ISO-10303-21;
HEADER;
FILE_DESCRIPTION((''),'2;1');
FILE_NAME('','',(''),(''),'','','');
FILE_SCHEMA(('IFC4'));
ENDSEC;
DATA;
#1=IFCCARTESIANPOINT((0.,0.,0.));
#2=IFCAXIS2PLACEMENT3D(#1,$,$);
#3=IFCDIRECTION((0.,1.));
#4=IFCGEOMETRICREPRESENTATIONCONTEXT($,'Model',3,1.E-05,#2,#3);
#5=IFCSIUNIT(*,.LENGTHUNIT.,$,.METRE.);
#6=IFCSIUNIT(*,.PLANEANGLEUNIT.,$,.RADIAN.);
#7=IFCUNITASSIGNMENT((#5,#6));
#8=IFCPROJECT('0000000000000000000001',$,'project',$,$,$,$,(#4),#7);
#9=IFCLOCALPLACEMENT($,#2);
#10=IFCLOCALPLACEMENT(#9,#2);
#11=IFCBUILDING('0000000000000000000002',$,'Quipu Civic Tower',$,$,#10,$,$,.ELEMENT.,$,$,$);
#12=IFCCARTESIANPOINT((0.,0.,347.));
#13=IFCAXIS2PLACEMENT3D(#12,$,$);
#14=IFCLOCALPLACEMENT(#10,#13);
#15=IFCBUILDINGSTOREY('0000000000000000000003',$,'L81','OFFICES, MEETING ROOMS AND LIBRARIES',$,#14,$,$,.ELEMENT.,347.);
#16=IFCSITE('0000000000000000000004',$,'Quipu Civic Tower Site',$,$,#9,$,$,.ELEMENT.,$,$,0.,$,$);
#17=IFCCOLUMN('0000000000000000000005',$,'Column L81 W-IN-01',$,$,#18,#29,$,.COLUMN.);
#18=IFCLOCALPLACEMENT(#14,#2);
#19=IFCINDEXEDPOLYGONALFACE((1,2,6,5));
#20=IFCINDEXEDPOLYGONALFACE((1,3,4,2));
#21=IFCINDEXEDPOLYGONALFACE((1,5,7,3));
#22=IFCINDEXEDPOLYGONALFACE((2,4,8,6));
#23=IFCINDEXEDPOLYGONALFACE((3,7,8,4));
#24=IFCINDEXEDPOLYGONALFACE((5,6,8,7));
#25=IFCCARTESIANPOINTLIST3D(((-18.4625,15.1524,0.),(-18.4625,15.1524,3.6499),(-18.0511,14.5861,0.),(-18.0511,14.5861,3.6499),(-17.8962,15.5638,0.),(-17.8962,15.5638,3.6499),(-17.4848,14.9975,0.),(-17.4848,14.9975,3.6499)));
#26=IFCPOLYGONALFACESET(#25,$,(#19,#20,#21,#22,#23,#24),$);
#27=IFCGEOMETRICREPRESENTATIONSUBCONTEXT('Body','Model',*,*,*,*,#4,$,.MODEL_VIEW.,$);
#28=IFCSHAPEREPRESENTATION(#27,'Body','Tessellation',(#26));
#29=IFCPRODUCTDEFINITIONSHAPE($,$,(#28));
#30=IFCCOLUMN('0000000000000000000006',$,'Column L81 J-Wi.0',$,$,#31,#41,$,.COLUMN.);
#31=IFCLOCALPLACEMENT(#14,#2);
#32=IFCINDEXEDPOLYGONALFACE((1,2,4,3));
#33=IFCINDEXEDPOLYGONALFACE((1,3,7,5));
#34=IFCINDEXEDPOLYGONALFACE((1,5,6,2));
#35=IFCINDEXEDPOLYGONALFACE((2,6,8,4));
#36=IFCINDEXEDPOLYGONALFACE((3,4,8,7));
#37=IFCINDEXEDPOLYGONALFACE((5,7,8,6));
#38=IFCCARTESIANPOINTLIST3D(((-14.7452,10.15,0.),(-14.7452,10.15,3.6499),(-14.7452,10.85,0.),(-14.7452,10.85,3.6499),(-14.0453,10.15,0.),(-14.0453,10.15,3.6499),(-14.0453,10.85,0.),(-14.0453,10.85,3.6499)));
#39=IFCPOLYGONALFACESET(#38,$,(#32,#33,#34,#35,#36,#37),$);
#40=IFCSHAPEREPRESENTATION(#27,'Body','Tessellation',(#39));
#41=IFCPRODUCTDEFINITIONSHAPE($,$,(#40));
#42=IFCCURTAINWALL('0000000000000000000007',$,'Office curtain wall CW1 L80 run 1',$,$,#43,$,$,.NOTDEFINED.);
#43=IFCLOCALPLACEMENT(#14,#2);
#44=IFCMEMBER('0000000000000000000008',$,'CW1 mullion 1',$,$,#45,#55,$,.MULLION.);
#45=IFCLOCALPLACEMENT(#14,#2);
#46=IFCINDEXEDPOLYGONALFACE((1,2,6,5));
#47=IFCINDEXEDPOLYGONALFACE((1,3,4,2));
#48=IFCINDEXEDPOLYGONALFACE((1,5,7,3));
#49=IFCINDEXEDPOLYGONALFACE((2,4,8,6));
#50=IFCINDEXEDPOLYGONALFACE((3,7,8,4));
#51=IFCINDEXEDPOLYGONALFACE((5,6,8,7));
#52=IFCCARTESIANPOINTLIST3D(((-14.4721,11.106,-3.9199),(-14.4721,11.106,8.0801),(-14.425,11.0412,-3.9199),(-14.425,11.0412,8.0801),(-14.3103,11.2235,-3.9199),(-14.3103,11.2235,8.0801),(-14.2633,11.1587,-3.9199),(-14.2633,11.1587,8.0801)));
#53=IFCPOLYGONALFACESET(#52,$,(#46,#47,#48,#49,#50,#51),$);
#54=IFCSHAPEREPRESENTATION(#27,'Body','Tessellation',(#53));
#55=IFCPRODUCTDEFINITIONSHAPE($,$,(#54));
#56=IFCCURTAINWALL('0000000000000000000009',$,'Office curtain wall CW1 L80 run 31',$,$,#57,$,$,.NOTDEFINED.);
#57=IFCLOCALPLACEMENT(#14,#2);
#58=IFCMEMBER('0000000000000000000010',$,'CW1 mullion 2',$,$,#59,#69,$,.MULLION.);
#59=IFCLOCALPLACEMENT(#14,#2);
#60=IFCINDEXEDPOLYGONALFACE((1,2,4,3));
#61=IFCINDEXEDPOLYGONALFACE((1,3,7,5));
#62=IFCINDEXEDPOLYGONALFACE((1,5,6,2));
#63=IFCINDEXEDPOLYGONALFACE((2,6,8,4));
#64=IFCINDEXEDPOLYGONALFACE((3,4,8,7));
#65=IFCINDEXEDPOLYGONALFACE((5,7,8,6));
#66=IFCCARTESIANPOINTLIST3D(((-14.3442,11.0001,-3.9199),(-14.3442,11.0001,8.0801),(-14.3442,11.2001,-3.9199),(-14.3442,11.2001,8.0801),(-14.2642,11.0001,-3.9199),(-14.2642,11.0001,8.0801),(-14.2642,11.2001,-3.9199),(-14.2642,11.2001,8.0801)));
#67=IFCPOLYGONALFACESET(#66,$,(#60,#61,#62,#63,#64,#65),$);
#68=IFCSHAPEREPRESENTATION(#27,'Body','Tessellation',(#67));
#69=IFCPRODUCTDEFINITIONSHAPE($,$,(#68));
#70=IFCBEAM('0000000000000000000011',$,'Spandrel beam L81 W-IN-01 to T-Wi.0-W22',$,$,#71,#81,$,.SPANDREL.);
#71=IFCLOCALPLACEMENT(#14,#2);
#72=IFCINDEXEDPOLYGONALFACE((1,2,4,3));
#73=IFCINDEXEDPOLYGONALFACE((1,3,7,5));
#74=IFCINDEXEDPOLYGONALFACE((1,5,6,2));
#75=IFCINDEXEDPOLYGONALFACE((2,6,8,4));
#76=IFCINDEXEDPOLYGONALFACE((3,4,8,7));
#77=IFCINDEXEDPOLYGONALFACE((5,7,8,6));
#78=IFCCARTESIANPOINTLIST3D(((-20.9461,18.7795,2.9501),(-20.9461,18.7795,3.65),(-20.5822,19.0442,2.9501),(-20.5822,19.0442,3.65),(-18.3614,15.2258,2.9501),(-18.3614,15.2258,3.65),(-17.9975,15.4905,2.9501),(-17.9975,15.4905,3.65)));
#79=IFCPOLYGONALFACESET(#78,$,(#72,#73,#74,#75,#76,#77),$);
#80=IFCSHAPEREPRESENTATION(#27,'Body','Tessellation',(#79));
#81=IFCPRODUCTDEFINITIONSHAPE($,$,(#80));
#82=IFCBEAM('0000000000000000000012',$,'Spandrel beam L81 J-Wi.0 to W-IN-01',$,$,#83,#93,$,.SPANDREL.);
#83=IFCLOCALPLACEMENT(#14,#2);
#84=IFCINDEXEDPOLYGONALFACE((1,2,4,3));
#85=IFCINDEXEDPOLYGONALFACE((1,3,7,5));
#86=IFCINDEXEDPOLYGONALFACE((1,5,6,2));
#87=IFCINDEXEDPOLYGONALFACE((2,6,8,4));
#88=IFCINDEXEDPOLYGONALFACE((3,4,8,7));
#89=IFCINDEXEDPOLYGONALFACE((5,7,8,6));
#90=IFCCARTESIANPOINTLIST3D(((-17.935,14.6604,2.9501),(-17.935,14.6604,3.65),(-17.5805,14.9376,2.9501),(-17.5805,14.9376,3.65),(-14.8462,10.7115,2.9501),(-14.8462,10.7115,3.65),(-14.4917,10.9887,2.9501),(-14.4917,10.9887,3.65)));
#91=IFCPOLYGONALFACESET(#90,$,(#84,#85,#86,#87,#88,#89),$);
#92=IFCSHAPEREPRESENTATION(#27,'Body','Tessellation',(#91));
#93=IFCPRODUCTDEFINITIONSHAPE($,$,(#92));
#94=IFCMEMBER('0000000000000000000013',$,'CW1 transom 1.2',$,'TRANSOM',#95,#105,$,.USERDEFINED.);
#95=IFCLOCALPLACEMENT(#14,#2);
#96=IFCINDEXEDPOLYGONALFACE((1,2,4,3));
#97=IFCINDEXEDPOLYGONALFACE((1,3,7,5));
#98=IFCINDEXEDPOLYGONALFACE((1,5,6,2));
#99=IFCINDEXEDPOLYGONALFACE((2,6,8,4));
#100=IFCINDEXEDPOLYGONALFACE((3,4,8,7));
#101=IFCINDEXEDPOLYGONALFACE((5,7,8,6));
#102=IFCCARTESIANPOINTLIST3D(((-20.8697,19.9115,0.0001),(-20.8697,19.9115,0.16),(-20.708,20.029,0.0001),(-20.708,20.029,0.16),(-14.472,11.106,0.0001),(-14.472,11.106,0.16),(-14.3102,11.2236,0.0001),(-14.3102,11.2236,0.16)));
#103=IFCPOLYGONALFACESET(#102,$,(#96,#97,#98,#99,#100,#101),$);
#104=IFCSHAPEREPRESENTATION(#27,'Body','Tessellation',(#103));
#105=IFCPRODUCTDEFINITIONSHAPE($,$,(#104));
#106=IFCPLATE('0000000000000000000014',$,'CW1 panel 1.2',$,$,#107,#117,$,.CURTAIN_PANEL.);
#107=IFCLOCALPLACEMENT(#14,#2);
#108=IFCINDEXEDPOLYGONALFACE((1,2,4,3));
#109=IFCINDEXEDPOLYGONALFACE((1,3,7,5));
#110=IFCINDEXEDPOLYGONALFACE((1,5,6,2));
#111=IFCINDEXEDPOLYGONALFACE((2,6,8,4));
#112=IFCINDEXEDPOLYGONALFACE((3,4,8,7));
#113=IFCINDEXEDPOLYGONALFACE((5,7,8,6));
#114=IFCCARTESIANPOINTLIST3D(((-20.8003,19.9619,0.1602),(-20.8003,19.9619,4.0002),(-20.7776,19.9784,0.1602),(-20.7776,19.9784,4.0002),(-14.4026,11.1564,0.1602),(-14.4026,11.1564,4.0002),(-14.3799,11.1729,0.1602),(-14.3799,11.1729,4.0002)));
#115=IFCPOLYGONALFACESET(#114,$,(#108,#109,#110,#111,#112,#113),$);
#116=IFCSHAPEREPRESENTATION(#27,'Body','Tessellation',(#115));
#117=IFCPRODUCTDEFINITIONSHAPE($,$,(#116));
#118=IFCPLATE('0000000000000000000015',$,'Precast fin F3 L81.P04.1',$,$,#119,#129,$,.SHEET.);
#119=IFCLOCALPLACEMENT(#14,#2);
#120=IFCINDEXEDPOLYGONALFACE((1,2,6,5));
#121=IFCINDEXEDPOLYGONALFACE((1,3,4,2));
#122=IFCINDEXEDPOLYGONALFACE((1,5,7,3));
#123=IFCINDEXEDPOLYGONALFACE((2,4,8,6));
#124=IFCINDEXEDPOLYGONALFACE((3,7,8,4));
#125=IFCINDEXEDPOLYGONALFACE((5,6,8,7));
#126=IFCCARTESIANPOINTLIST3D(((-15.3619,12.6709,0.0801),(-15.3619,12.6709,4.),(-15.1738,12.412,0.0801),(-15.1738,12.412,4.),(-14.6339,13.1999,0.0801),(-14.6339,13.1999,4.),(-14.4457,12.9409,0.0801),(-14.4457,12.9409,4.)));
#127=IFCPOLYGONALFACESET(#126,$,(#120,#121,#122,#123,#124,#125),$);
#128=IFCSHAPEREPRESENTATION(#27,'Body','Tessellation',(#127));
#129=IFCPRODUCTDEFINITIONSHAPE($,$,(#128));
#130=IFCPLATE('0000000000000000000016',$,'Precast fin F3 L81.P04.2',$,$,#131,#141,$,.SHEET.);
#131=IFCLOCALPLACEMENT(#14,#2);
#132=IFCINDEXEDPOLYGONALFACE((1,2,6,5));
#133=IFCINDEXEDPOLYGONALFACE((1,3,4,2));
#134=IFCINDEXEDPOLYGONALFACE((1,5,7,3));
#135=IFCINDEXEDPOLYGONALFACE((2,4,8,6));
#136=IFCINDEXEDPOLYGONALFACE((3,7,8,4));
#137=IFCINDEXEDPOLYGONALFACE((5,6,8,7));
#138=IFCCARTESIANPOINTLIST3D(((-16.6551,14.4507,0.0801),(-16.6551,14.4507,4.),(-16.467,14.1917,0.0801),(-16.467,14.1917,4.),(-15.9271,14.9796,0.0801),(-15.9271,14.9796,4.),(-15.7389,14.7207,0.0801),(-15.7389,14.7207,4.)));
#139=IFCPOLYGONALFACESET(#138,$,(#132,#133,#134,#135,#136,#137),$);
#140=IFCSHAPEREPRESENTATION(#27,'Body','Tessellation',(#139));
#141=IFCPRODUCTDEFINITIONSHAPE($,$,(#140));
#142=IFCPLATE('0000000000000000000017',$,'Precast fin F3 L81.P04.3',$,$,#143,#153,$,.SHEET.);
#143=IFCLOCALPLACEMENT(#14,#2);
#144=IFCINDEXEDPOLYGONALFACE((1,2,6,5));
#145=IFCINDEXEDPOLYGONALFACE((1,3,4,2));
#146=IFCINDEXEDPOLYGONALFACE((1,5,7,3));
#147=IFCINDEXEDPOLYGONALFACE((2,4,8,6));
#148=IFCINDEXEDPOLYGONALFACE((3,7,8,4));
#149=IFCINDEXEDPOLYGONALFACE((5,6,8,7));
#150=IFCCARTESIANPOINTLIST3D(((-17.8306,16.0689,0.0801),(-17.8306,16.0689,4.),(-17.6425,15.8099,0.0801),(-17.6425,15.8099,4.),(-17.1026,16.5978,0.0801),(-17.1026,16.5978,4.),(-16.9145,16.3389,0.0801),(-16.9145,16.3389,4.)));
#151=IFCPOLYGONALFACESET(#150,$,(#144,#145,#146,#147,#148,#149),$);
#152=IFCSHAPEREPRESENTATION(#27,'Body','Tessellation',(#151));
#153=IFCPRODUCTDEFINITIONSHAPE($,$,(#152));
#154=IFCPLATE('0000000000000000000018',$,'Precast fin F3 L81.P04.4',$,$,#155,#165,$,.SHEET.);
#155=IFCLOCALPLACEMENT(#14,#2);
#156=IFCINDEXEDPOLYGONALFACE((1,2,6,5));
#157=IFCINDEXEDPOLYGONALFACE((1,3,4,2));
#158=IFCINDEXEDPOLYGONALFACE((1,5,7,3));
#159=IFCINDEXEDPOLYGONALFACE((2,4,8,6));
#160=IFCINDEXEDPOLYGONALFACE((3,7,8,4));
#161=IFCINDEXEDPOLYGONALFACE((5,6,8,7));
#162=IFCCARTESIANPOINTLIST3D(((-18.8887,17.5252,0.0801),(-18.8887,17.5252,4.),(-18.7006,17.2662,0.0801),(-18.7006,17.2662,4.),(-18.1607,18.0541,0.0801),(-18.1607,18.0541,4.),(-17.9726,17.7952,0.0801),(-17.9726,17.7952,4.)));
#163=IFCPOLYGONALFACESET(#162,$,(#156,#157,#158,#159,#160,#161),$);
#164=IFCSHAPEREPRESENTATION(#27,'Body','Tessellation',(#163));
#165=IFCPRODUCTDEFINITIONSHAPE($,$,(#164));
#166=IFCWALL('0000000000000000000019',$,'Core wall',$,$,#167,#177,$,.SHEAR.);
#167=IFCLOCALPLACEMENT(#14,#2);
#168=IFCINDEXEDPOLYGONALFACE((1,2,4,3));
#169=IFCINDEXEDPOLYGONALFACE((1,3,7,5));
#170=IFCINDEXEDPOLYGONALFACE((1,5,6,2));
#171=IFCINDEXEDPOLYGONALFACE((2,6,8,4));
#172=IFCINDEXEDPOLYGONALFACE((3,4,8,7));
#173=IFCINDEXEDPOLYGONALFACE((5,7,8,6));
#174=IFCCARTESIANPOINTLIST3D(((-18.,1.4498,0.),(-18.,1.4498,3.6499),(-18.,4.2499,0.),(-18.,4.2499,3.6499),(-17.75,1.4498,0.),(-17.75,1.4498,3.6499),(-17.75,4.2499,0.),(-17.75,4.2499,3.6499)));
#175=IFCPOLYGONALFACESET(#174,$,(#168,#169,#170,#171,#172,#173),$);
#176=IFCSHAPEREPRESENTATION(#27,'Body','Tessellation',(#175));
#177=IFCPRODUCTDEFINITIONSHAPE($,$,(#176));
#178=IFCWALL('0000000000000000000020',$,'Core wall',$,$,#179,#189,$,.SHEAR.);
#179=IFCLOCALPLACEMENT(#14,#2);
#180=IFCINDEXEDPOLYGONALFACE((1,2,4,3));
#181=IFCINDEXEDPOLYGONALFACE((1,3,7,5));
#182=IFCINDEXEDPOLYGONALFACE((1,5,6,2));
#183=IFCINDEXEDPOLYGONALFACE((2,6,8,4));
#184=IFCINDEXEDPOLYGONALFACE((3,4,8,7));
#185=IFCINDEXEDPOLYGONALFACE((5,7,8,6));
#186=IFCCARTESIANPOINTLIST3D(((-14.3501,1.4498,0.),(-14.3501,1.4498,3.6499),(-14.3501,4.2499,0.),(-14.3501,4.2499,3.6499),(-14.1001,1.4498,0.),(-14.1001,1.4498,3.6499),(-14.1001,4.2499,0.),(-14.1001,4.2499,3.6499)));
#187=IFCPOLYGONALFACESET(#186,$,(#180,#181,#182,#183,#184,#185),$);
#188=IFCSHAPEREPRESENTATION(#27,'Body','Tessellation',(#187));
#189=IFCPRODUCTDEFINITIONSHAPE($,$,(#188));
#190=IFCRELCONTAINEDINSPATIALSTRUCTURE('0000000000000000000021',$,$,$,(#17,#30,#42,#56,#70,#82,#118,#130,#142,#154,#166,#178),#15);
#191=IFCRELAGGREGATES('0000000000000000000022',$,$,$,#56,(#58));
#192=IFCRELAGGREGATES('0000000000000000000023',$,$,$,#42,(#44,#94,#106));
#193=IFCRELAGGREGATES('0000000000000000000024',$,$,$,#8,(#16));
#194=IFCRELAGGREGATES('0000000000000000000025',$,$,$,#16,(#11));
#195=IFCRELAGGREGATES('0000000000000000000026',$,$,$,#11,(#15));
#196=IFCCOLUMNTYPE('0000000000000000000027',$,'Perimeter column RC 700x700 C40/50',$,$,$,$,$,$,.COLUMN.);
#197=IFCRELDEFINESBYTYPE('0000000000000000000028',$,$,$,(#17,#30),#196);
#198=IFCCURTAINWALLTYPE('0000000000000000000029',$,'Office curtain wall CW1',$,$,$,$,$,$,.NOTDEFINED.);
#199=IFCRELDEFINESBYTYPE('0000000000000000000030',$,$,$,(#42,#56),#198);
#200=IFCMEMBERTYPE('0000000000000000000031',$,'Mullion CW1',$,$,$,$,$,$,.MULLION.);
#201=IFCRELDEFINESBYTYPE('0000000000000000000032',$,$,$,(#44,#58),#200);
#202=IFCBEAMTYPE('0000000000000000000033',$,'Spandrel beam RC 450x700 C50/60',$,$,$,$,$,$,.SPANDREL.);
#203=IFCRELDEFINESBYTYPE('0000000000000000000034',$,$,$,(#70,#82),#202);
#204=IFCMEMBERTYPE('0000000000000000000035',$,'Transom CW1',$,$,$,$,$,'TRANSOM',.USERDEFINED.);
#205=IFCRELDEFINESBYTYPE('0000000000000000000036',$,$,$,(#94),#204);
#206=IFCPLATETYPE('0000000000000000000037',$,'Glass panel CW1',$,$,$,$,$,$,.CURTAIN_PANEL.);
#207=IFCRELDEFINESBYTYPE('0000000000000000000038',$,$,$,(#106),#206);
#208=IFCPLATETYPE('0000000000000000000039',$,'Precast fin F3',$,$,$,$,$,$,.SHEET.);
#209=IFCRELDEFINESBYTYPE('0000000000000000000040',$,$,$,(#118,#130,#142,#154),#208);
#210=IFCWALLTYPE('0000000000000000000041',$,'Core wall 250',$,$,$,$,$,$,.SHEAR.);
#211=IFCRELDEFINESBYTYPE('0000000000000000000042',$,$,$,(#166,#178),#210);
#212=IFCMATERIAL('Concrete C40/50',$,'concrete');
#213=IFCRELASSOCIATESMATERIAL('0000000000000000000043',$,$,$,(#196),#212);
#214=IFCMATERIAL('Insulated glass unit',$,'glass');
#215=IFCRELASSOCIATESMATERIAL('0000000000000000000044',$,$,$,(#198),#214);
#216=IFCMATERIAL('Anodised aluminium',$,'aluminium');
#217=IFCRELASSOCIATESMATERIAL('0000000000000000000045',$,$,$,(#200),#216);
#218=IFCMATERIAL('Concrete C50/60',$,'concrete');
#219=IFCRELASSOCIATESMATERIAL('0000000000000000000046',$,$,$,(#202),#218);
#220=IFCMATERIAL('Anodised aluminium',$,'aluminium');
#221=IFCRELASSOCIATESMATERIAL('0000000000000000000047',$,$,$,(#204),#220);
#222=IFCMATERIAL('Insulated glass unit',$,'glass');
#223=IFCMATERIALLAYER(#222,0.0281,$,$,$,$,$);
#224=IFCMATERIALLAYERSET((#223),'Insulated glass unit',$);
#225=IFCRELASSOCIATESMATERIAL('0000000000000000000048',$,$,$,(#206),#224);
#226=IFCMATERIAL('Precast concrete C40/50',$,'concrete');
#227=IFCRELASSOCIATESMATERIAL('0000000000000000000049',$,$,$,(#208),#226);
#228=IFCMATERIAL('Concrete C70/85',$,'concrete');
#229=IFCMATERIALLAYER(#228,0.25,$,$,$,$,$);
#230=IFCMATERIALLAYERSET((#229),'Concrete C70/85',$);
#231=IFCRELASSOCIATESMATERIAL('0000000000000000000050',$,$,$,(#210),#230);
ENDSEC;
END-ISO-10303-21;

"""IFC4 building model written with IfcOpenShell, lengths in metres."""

from ifc_helpers import new_model, si_unit, direction, frame, frame_2d, origin, origin_2d, place, context, subcontext, project, spatial, rectangle, extrude, material, layer, layer_set, material_profile, profile_set, type_object, element, aggregate, save


model = new_model("IFC4")

# Units and contexts
model_context = context("Model", 3, precision=1e-05, world=origin(), true_north=direction((0.0, 1.0)))
body_context = subcontext(model_context, "Body", "Model", "MODEL_VIEW")
ifc_project = project(units=[si_unit("LENGTHUNIT", "METRE"), si_unit("PLANEANGLEUNIT", "RADIAN")], contexts=[model_context])

# Site, building, storey
site_placement = place(None, origin())
site = spatial("IfcSite", under=ifc_project, at=site_placement, Name="Quipu Civic Tower Site", CompositionType="ELEMENT", RefElevation=0.0)
building_placement = place(site_placement, origin())
building = spatial("IfcBuilding", under=site, at=building_placement, Name="Quipu Civic Tower", CompositionType="ELEMENT")
storey_placement = place(building_placement, frame((0.0, 0.0, 347.0)))
storey = spatial("IfcBuildingStorey", under=building, at=storey_placement, Name="L81", Description="OFFICES, MEETING ROOMS AND LIBRARIES", CompositionType="ELEMENT", Elevation=347.0)

# Columns
ifc_material_1 = material(Name="Concrete C40/50", Category="concrete")
ifc_material_profile_1 = material_profile(ifc_material_1, rectangle(XDim=0.7, YDim=0.7, at=origin_2d()), Name="RC700x700")
ifc_profile_set_1 = profile_set([ifc_material_profile_1], Name="Concrete C40/50")
column_type = type_object("IfcColumnType", Name="Perimeter column RC 700x700 C40/50", PredefinedType="COLUMN", material=ifc_profile_set_1)
for number, where, z_axis, x_axis, name in (
    (1, (-17.9736, 15.075, 0.0), (0.0, 0.0, 1.0), (-0.587785, 0.809017, 0.0), "Column L81 W-IN-01"),
    (2, (-14.3953, 10.5, 0.0), (0.0, 0.0, 1.0), (-1.0, 0.0, 0.0), "Column L81 J-Wi.0"),
):
    element("IfcColumn", number, at=place(storey_placement, frame(where, z_axis=z_axis, x_axis=x_axis)), inside=storey, type_object=column_type, Name=name, PredefinedType="COLUMN", context=body_context, shape_type="SweptSolid", body=[
        extrude(rectangle(XDim=0.7, YDim=0.7, at=origin_2d()), origin(), (0.0, 0.0, 1.0), 3.6499),
    ])

# Curtain walls, members
ifc_material_2 = material(Name="Insulated glass unit", Category="glass")
curtain_wall_type = type_object("IfcCurtainWallType", Name="Office curtain wall CW1", PredefinedType="NOTDEFINED", material=ifc_material_2)
curtain_wall_1_placement = place(storey_placement, origin())
curtain_wall_1 = element("IfcCurtainWall", 3, at=curtain_wall_1_placement, inside=storey, type_object=curtain_wall_type, Name="Office curtain wall CW1 L80 run 1", PredefinedType="NOTDEFINED")
ifc_material_3 = material(Name="Anodised aluminium", Category="aluminium")
ifc_material_profile_2 = material_profile(ifc_material_3, rectangle(XDim=0.2, YDim=0.0801, at=origin_2d()), Name="RECT 200x80")
ifc_profile_set_2 = profile_set([ifc_material_profile_2], Name="Anodised aluminium")
member_type_1 = type_object("IfcMemberType", Name="Mullion CW1", PredefinedType="MULLION", material=ifc_profile_set_2)
member_1_placement = place(storey_placement, frame((-14.3677, 11.1323, -3.9199), z_axis=(0.0, 0.0, 1.0), x_axis=(-0.809015, -0.587788, 0.0)))
member_1 = element("IfcMember", 4, at=member_1_placement, type_object=member_type_1, Name="CW1 mullion 1", PredefinedType="MULLION", context=body_context, shape_type="SweptSolid", body=[
    extrude(rectangle(XDim=0.2, YDim=0.0801, at=origin_2d()), origin(), (0.0, 0.0, 1.0), 12.0),
])
curtain_wall_2_placement = place(storey_placement, origin())
curtain_wall_2 = element("IfcCurtainWall", 5, at=curtain_wall_2_placement, inside=storey, type_object=curtain_wall_type, Name="Office curtain wall CW1 L80 run 31", PredefinedType="NOTDEFINED")
member_2_placement = place(storey_placement, frame((-14.3042, 11.1001, -3.9199), z_axis=(0.0, 0.0, 1.0), x_axis=(0.0, -1.0, 0.0)))
member_2 = element("IfcMember", 6, at=member_2_placement, type_object=member_type_1, Name="CW1 mullion 2", PredefinedType="MULLION", context=body_context, shape_type="SweptSolid", body=[
    extrude(rectangle(XDim=0.2, YDim=0.0801, at=origin_2d()), origin(), (0.0, 0.0, 1.0), 12.0),
])
aggregate(curtain_wall_2, [member_2])

# Beams
ifc_material_4 = material(Name="Concrete C50/60", Category="concrete")
ifc_material_profile_3 = material_profile(ifc_material_4, rectangle(XDim=0.45, YDim=0.7, at=origin_2d()), Name="RC450x700")
ifc_profile_set_3 = profile_set([ifc_material_profile_3], Name="Concrete C50/60")
beam_type = type_object("IfcBeamType", Name="Spandrel beam RC 450x700 C50/60", PredefinedType="SPANDREL", material=ifc_profile_set_3)
beam_1_placement = place(storey_placement, frame((-18.1794, 15.3582, 3.3), z_axis=(-0.588201, 0.808714, 0.0), x_axis=(-0.808714, -0.588201, 0.0)))
element("IfcBeam", 7, at=beam_1_placement, inside=storey, type_object=beam_type, Name="Spandrel beam L81 W-IN-01 to T-Wi.0-W22", PredefinedType="SPANDREL", context=body_context, shape_type="SweptSolid", body=[
    extrude(rectangle(XDim=0.45, YDim=0.7, at=origin_2d()), origin(), (0.0, 0.0, 1.0), 4.3943),
])
beam_2_placement = place(storey_placement, frame((-14.6689, 10.8501, 3.3), z_axis=(-0.616106, 0.787663, 0.0), x_axis=(-0.787663, -0.616106, 0.0)))
element("IfcBeam", 8, at=beam_2_placement, inside=storey, type_object=beam_type, Name="Spandrel beam L81 J-Wi.0 to W-IN-01", PredefinedType="SPANDREL", context=body_context, shape_type="SweptSolid", body=[
    extrude(rectangle(XDim=0.45, YDim=0.7, at=origin_2d()), origin(), (0.0, 0.0, 1.0), 5.0134),
])

# Member
ifc_material_5 = material(Name="Anodised aluminium", Category="aluminium")
ifc_material_profile_4 = material_profile(ifc_material_5, rectangle(XDim=0.2, YDim=0.1599, at=origin_2d()), Name="RECT 200x160")
ifc_profile_set_4 = profile_set([ifc_material_profile_4], Name="Anodised aluminium")
member_type_2 = type_object("IfcMemberType", Name="Transom CW1", ElementType="TRANSOM", PredefinedType="USERDEFINED", material=ifc_profile_set_4)
member_3_placement = place(storey_placement, frame((-14.3911, 11.1648, 0.0801), z_axis=(-0.587797, 0.809009, 0.0), x_axis=(-0.809009, -0.587797, 0.0)))
member_3 = element("IfcMember", 9, at=member_3_placement, type_object=member_type_2, Name="CW1 transom 1.2", ObjectType="TRANSOM", PredefinedType="USERDEFINED", context=body_context, shape_type="SweptSolid", body=[
    extrude(rectangle(XDim=0.2, YDim=0.1599, at=origin_2d()), origin(), (0.0, 0.0, 1.0), 10.8843),
])

# Plate
ifc_material_6 = material(Name="Insulated glass unit", Category="glass")
ifc_layer_1 = layer(ifc_material_6, 0.0281)
ifc_layer_set_1 = layer_set([ifc_layer_1], Name="Insulated glass unit")
plate_type_1 = type_object("IfcPlateType", Name="Glass panel CW1", PredefinedType="CURTAIN_PANEL", material=ifc_layer_set_1)
plate_placement = place(storey_placement, frame((-17.5901, 15.5674, 0.1602), z_axis=(0.0, 0.0, 1.0), x_axis=(-0.587788, 0.809015, 0.0)))
plate = element("IfcPlate", 10, at=plate_placement, type_object=plate_type_1, Name="CW1 panel 1.2", PredefinedType="CURTAIN_PANEL", context=body_context, shape_type="SweptSolid", body=[
    extrude(rectangle(XDim=10.8843, YDim=0.0281, at=origin_2d()), origin(), (0.0, 0.0, 1.0), 3.8401),
])
aggregate(curtain_wall_1, [member_1, member_3, plate])

# Plates
ifc_material_7 = material(Name="Precast concrete C40/50", Category="concrete")
plate_type_2 = type_object("IfcPlateType", Name="Precast fin F3", PredefinedType="SHEET", material=ifc_material_7)
for number, where, z_axis, x_axis, name in (
    (11, (-14.9038, 12.8059, 0.0801), (0.0, 0.0, 1.0), (-0.587784, 0.809018, 0.0), "Precast fin F3 L81.P04.1"),
    (12, (-16.197, 14.5857, 0.0801), (0.0, 0.0, 1.0), (-0.587784, 0.809018, 0.0), "Precast fin F3 L81.P04.2"),
    (13, (-17.3726, 16.2039, 0.0801), (0.0, 0.0, 1.0), (-0.587784, 0.809018, 0.0), "Precast fin F3 L81.P04.3"),
    (14, (-18.4307, 17.6602, 0.0801), (0.0, 0.0, 1.0), (-0.587784, 0.809018, 0.0), "Precast fin F3 L81.P04.4"),
):
    element("IfcPlate", number, at=place(storey_placement, frame(where, z_axis=z_axis, x_axis=x_axis)), inside=storey, type_object=plate_type_2, Name=name, PredefinedType="SHEET", context=body_context, shape_type="SweptSolid", body=[
        extrude(rectangle(XDim=0.3201, YDim=0.8999, at=origin_2d()), origin(), (0.0, 0.0, 1.0), 3.9199),
    ])

# Walls
ifc_material_8 = material(Name="Concrete C70/85", Category="concrete")
ifc_layer_2 = layer(ifc_material_8, 0.25)
ifc_layer_set_2 = layer_set([ifc_layer_2], Name="Concrete C70/85")
wall_type = type_object("IfcWallType", Name="Core wall 250", PredefinedType="SHEAR", material=ifc_layer_set_2)
for number, where, z_axis, x_axis, name in (
    (15, (-17.875, 1.45, 0.0), (0.0, 0.0, 1.0), (0.0, 1.0, 0.0), "Core wall"),
    (16, (-14.2251, 1.45, 0.0), (0.0, 0.0, 1.0), (0.0, 1.0, 0.0), "Core wall"),
):
    element("IfcWall", number, at=place(storey_placement, frame(where, z_axis=z_axis, x_axis=x_axis)), inside=storey, type_object=wall_type, Name=name, PredefinedType="SHEAR", context=body_context, shape_type="SweptSolid", body=[
        extrude(rectangle(XDim=2.8, YDim=0.25, at=frame_2d((1.3999, 0.0))), origin(), (0.0, 0.0, 1.0), 3.6499),
    ])

save(model, "model.ifc")
